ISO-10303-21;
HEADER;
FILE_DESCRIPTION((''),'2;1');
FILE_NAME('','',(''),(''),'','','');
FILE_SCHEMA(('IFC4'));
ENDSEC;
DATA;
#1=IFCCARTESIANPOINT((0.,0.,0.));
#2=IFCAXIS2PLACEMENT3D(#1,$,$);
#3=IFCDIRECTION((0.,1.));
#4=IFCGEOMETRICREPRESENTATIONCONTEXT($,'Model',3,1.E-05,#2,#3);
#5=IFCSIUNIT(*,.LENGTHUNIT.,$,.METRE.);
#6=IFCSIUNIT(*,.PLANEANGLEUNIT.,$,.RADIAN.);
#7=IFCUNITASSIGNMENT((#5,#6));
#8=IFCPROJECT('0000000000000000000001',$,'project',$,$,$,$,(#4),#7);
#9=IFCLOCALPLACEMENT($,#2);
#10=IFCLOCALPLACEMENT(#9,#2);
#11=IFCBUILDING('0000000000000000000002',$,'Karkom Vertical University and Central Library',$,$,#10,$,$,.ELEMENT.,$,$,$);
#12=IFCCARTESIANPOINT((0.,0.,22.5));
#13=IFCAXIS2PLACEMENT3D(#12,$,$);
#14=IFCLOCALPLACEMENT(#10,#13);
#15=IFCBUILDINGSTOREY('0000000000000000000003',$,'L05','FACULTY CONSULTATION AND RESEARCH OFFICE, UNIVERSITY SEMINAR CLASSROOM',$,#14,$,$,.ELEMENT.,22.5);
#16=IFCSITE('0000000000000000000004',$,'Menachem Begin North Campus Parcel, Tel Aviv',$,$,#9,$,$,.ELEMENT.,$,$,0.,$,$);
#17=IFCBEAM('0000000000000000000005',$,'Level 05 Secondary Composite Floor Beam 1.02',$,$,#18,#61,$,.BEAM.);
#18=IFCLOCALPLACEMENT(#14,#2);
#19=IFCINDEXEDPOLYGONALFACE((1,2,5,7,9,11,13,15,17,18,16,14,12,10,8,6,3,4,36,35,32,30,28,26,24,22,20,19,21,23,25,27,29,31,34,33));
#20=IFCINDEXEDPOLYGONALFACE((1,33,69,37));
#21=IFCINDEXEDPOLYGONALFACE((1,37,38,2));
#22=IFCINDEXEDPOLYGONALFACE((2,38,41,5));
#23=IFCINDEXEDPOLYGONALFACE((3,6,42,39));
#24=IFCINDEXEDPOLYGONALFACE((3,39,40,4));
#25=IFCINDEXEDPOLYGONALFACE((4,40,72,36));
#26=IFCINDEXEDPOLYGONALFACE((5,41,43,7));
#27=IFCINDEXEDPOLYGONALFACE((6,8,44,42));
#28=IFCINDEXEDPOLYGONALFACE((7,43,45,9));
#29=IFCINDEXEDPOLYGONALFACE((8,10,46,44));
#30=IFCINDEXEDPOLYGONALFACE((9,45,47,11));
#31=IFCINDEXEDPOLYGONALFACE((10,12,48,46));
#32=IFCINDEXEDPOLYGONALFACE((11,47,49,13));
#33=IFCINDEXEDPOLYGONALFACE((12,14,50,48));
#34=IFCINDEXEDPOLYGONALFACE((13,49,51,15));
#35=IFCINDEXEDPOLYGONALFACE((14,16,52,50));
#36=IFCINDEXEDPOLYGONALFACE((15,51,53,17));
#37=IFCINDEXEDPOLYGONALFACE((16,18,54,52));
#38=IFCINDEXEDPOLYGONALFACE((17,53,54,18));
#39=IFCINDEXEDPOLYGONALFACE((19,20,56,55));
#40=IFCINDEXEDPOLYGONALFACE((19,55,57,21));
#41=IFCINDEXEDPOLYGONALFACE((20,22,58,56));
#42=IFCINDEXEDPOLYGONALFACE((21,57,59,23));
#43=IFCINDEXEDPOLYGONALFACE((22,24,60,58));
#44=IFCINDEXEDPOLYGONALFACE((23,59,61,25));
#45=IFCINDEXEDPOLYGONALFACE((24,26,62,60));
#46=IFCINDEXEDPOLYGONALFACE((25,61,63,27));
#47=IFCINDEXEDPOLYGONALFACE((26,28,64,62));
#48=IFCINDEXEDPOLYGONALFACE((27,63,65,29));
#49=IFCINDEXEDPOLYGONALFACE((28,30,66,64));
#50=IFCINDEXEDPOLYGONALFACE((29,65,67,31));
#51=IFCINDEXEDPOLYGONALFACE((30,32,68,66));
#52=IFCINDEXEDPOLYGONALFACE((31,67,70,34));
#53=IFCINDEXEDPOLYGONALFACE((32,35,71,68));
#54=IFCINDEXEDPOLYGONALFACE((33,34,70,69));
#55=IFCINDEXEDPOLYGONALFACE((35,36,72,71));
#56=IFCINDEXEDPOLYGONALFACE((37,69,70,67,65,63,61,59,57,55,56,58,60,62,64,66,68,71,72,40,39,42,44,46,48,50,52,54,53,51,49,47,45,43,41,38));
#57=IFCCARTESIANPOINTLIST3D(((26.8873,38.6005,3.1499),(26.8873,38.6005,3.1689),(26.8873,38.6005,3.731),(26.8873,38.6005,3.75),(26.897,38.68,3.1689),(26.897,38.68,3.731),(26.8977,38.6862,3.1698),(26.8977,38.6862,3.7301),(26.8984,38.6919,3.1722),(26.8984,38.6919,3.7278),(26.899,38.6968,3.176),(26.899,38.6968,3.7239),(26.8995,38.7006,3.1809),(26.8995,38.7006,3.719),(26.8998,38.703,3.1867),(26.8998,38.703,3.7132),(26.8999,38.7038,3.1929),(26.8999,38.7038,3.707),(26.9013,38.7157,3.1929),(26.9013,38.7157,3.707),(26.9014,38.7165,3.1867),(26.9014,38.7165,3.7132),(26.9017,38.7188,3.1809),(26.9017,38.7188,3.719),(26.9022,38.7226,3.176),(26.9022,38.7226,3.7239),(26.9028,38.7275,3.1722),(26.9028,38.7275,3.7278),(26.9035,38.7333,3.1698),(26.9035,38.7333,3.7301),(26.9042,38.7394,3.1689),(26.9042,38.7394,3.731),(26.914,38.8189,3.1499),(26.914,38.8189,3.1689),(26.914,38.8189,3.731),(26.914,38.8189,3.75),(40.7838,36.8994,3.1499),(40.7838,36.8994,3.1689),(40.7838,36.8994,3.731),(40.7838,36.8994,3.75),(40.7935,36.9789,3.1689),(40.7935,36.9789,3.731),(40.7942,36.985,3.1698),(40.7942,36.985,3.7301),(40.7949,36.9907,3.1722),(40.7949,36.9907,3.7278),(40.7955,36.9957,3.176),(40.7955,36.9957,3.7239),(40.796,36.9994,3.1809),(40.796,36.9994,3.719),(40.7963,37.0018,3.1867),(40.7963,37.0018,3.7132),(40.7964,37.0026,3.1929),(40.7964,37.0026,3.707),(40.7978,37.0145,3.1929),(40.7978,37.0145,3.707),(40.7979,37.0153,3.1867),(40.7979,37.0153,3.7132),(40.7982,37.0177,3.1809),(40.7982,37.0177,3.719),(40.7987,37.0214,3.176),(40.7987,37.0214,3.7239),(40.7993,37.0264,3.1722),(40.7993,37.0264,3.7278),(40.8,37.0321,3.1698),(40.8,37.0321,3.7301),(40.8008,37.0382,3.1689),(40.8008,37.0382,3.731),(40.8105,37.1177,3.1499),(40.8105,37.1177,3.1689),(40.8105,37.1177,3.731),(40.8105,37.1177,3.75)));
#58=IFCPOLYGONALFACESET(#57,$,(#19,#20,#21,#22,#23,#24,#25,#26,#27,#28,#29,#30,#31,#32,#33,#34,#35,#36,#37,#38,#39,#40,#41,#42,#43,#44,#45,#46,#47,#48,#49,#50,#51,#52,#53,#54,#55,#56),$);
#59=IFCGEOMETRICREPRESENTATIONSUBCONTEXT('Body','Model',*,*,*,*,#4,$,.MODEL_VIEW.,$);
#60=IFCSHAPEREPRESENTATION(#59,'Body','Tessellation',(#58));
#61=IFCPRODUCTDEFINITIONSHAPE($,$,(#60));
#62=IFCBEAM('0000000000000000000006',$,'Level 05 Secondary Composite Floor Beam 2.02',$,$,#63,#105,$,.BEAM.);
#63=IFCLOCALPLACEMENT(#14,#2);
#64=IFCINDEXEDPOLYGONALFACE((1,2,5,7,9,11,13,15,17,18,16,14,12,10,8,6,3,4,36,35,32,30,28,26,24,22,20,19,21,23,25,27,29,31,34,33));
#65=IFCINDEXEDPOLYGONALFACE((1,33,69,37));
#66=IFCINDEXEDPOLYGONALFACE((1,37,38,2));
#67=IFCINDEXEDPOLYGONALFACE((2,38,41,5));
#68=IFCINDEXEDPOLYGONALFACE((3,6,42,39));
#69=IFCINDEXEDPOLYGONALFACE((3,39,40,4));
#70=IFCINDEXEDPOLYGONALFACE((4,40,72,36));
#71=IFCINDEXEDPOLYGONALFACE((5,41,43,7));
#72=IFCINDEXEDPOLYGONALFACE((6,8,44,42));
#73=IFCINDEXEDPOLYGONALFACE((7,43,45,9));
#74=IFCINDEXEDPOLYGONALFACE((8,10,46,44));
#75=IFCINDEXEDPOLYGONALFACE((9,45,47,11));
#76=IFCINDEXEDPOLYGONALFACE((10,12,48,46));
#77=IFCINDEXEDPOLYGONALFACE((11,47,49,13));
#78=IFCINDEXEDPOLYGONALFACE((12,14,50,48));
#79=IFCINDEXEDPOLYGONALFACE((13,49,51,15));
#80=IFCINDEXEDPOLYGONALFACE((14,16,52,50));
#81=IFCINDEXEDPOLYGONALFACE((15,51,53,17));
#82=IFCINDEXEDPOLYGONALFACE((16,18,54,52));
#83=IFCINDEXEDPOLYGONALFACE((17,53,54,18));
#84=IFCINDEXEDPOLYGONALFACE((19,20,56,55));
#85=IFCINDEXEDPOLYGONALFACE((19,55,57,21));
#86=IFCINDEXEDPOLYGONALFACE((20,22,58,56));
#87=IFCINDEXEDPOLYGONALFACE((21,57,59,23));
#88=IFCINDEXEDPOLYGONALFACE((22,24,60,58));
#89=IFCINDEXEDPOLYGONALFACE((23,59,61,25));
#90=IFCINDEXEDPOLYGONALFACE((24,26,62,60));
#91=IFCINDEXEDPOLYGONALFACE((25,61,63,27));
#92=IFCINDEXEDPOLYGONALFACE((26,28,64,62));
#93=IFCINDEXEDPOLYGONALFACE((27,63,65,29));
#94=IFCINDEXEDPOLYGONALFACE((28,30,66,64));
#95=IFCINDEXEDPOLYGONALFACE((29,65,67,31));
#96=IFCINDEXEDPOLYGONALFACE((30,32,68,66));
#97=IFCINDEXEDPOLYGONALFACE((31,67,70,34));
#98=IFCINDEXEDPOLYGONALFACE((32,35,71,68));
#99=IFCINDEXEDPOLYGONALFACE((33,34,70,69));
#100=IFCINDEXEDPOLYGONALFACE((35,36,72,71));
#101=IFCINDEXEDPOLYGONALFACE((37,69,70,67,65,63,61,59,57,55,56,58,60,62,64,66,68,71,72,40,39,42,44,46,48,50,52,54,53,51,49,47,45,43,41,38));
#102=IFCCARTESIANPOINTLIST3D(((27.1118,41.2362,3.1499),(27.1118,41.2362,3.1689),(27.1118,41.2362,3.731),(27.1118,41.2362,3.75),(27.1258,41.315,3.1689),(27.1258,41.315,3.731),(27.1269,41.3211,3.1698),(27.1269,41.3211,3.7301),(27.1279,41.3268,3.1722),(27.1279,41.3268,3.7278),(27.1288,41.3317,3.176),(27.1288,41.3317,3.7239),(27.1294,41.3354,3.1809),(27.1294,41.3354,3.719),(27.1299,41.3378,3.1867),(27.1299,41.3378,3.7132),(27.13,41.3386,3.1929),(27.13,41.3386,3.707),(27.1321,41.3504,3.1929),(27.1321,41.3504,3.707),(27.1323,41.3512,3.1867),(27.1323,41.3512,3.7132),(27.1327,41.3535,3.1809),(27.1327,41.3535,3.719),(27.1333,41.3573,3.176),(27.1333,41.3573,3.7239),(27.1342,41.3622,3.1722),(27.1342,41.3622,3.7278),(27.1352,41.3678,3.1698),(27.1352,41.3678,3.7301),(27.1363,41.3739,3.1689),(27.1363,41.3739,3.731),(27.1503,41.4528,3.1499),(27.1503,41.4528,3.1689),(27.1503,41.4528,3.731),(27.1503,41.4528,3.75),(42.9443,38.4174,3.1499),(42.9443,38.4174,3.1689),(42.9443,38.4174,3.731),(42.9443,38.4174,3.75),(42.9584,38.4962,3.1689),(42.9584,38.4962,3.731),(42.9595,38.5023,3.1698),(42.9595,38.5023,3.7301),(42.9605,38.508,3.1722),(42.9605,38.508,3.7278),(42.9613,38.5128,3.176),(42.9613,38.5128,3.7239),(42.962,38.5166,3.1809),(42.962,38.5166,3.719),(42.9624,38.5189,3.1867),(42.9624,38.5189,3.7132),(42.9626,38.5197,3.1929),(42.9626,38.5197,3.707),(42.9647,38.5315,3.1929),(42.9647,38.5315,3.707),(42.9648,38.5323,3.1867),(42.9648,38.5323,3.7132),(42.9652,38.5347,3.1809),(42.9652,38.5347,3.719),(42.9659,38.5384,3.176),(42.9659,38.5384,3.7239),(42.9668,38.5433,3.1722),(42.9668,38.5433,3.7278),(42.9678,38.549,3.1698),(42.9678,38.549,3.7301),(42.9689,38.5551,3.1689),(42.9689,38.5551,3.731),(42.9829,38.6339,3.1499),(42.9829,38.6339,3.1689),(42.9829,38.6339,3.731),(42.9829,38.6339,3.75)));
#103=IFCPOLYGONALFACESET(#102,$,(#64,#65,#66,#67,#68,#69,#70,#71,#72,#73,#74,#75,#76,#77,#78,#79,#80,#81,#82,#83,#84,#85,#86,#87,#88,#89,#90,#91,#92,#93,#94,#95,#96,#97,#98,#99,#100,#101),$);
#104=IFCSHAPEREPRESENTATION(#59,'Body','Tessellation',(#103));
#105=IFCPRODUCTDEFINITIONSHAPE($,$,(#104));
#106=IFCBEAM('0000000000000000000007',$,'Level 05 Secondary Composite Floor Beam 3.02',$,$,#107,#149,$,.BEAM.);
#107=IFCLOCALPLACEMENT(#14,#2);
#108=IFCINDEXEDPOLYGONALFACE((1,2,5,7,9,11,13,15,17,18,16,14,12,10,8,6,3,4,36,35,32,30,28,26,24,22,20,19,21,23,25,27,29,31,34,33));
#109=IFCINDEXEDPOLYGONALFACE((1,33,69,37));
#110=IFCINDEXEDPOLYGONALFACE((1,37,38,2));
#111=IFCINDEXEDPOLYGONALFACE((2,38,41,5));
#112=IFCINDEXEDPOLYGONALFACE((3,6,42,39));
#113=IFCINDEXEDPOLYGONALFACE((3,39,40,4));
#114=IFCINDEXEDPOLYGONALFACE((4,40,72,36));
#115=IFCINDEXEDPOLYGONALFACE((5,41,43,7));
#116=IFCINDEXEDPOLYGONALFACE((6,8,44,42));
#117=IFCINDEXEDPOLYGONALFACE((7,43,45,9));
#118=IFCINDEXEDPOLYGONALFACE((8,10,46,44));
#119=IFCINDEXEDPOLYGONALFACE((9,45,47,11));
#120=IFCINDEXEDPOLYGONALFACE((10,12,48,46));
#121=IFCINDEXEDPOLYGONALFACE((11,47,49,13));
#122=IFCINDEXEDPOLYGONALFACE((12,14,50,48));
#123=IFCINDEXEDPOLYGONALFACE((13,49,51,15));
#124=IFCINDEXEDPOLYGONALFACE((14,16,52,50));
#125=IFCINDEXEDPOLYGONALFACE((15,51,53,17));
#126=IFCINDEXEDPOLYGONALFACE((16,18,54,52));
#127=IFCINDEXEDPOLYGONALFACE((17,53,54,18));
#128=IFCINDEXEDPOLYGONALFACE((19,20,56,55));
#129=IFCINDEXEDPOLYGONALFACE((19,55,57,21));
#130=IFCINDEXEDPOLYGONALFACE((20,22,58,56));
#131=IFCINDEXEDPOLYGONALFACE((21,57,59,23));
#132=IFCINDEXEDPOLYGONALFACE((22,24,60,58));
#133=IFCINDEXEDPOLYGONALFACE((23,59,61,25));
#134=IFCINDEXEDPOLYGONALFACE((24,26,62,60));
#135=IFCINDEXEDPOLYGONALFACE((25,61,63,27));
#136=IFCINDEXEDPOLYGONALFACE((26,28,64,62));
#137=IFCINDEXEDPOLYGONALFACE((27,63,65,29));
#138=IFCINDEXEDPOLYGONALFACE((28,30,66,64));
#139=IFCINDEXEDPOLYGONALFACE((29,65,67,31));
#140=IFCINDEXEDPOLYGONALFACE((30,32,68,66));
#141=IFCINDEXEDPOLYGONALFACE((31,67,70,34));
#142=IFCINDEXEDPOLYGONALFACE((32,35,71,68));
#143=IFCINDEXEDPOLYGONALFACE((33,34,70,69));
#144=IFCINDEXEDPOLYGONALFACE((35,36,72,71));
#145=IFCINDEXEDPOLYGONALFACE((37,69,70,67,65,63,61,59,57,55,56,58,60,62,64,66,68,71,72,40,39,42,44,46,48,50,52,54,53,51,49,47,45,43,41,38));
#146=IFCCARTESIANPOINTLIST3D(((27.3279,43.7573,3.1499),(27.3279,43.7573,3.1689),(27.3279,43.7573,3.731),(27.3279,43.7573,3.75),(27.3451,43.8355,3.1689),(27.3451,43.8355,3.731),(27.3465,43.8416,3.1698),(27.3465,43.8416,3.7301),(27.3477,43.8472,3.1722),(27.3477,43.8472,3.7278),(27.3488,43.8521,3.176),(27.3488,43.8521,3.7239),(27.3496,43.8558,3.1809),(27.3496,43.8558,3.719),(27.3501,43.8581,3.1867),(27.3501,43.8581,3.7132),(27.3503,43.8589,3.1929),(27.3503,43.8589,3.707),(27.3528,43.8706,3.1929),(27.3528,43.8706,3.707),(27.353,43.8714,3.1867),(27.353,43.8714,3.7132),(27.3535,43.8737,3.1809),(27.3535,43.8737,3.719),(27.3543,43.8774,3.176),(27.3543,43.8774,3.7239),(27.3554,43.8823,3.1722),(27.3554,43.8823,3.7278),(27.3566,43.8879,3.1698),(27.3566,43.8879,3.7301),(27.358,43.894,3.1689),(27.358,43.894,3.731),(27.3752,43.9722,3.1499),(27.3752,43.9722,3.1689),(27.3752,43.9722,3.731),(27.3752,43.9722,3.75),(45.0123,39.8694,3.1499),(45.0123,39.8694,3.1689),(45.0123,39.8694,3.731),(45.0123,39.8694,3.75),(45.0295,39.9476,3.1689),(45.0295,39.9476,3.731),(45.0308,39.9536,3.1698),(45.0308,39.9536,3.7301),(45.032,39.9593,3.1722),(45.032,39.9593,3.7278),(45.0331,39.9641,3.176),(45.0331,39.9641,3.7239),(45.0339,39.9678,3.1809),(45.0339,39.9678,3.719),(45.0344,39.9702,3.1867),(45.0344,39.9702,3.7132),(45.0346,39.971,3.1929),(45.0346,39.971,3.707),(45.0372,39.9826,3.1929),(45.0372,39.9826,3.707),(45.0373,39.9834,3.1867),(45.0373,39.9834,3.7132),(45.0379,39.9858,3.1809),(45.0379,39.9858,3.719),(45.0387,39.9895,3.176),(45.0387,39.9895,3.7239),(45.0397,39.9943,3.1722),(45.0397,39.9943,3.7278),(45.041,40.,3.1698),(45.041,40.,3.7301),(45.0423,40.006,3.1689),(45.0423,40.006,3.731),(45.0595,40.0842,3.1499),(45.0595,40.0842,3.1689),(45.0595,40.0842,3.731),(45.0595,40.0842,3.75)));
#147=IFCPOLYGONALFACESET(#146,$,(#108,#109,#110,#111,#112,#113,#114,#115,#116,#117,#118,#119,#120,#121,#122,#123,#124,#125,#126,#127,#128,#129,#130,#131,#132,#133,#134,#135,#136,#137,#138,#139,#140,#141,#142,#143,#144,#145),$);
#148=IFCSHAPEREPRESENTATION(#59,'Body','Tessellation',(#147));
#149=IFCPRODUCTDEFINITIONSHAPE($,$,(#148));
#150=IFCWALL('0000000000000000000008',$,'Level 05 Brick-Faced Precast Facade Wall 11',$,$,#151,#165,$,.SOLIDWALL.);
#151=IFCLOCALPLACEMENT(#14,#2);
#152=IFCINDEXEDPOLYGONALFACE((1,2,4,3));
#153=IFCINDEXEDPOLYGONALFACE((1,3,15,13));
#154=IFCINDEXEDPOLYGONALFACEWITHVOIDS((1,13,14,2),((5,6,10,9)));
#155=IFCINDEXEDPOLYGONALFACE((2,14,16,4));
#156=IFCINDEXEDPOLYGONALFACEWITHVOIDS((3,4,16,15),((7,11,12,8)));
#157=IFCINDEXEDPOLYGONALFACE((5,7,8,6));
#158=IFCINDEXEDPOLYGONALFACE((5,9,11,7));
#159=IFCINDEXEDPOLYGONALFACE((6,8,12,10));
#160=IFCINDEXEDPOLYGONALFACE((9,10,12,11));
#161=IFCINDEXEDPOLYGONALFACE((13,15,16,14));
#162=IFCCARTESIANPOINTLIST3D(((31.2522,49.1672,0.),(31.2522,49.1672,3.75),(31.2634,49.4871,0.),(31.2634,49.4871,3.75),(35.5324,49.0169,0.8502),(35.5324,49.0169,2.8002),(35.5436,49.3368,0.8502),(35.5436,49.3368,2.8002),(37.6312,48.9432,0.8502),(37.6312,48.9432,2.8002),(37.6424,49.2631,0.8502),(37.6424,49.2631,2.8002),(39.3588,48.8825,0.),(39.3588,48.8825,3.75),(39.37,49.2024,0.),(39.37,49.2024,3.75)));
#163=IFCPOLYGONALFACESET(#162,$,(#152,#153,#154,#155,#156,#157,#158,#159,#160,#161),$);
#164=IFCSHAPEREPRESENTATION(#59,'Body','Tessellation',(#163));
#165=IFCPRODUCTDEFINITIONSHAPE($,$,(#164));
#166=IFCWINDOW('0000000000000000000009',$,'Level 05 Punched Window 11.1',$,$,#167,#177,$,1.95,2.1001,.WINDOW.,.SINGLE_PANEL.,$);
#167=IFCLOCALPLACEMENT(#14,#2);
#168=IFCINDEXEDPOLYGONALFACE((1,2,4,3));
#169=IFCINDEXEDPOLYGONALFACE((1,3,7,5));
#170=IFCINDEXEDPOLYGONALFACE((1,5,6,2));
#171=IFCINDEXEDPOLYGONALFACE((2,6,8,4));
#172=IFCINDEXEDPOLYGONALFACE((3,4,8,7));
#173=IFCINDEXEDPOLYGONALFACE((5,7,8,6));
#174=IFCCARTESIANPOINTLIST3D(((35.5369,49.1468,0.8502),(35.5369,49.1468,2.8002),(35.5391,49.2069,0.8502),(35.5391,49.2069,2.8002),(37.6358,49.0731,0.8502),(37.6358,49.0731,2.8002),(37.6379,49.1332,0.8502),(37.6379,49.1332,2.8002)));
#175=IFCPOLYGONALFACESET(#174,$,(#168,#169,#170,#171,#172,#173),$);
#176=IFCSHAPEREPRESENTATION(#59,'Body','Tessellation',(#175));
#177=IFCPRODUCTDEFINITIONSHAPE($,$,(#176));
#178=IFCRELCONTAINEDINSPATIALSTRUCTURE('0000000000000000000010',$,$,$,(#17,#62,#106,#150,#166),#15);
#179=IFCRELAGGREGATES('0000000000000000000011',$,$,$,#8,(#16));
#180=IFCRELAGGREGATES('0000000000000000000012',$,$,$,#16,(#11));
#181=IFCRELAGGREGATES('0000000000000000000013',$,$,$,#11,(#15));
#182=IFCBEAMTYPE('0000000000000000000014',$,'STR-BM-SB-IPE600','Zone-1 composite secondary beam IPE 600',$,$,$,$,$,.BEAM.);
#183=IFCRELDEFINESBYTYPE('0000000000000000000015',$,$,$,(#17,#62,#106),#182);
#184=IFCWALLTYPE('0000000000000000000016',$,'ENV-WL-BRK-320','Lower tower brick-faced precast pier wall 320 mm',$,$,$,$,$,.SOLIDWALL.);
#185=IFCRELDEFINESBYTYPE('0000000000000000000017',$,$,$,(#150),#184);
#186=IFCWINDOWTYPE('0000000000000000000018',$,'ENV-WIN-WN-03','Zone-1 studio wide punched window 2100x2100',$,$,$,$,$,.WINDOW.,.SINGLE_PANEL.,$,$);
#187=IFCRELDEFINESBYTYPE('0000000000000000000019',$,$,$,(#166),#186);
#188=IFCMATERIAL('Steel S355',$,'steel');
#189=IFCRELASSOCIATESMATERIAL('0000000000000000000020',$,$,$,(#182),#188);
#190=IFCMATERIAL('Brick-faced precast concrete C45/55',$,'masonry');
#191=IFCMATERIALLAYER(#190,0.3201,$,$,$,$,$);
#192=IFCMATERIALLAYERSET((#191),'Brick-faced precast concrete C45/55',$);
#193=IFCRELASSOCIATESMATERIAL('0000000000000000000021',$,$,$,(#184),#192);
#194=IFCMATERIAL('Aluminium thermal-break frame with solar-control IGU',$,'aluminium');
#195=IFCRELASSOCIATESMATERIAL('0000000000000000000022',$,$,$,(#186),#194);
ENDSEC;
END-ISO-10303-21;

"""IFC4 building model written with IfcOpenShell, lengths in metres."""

from ifc_helpers import new_model, si_unit, direction, frame, frame_2d, origin, origin_with_axes, origin_2d, place, context, subcontext, project, spatial, rectangle, i_section, extrude, source, transform, mapped, material, layer, layer_set, material_profile, profile_set, type_object, element, fill, save


model = new_model("IFC4")

# Units and contexts
model_context = context("Model", 3, precision=1e-05, world=origin(), true_north=direction((0.0, 1.0)))
body_context = subcontext(model_context, "Body", "Model", "MODEL_VIEW")
ifc_project = project(units=[si_unit("LENGTHUNIT", "METRE"), si_unit("PLANEANGLEUNIT", "RADIAN")], contexts=[model_context])

# Site, building, storey
site_placement = place(None, origin())
site = spatial("IfcSite", under=ifc_project, at=site_placement, Name="Menachem Begin North Campus Parcel, Tel Aviv", CompositionType="ELEMENT", RefElevation=0.0)
building_placement = place(site_placement, origin())
building = spatial("IfcBuilding", under=site, at=building_placement, Name="Karkom Vertical University and Central Library", CompositionType="ELEMENT")
storey_placement = place(building_placement, frame((0.0, 0.0, 22.5)))
storey = spatial("IfcBuildingStorey", under=building, at=storey_placement, Name="L05", Description="FACULTY CONSULTATION AND RESEARCH OFFICE, UNIVERSITY SEMINAR CLASSROOM", CompositionType="ELEMENT", Elevation=22.5)

# Beams
ifc_material_1 = material(Name="Steel S355", Category="steel")
ifc_material_profile_1 = material_profile(ifc_material_1, i_section(OverallWidth=0.22, OverallDepth=0.6001, WebThickness=0.012, FlangeThickness=0.019, FilletRadius=0.0239, at=origin_2d()), Name="IPE 600")
ifc_profile_set_1 = profile_set([ifc_material_profile_1], Name="Steel S355")
beam_type_1 = type_object("IfcBeamType", Name="STR-BM-SB-IPE600", Description="Zone-1 composite secondary beam IPE 600", PredefinedType="BEAM", material=ifc_profile_set_1)
shared_shape_1 = source(origin_with_axes(), body_context, "Body", "SweptSolid", [
    extrude(i_section(OverallWidth=0.22, OverallDepth=0.6001, WebThickness=0.012, FlangeThickness=0.019, FilletRadius=0.0239, at=origin_2d()), origin(), (0.0, 0.0, 1.0), 14.0002),
])
beam_1_placement = place(storey_placement, frame((40.7971, 37.0085, 3.45), z_axis=(-0.99259, 0.12151, 0.0), x_axis=(-0.12151, -0.99259, 0.0)))
element("IfcBeam", 1, at=beam_1_placement, inside=storey, type_object=beam_type_1, Name="Level 05 Secondary Composite Floor Beam 1.02", PredefinedType="BEAM", context=body_context, shape_type="MappedRepresentation", body=[
    mapped(shared_shape_1, transform((0.0, 0.0, 0.0), scale=1.0)),
])
shared_shape_2 = source(origin_with_axes(), body_context, "Body", "SweptSolid", [
    extrude(i_section(OverallWidth=0.22, OverallDepth=0.6001, WebThickness=0.012, FlangeThickness=0.019, FilletRadius=0.0239, at=origin_2d()), origin(), (0.0, 0.0, 1.0), 16.0815),
])
beam_2_placement = place(storey_placement, frame((42.9636, 38.5256, 3.45), z_axis=(-0.984518, 0.175285, 0.0), x_axis=(-0.175285, -0.984518, 0.0)))
element("IfcBeam", 2, at=beam_2_placement, inside=storey, type_object=beam_type_1, Name="Level 05 Secondary Composite Floor Beam 2.02", PredefinedType="BEAM", context=body_context, shape_type="MappedRepresentation", body=[
    mapped(shared_shape_2, transform((0.0, 0.0, 0.0), scale=1.0)),
])
shared_shape_3 = source(origin_with_axes(), body_context, "Body", "SweptSolid", [
    extrude(i_section(OverallWidth=0.22, OverallDepth=0.6001, WebThickness=0.012, FlangeThickness=0.019, FilletRadius=0.0239, at=origin_2d()), origin(), (0.0, 0.0, 1.0), 18.1067),
])
beam_3_placement = place(storey_placement, frame((45.0359, 39.9768, 3.45), z_axis=(-0.976675, 0.214724, 0.0), x_axis=(-0.214724, -0.976675, 0.0)))
element("IfcBeam", 3, at=beam_3_placement, inside=storey, type_object=beam_type_1, Name="Level 05 Secondary Composite Floor Beam 3.02", PredefinedType="BEAM", context=body_context, shape_type="MappedRepresentation", body=[
    mapped(shared_shape_3, transform((0.0, 0.0, 0.0), scale=1.0)),
])

# Wall, opening, window
ifc_material_2 = material(Name="Brick-faced precast concrete C45/55", Category="masonry")
ifc_layer_1 = layer(ifc_material_2, 0.3201)
ifc_layer_set_1 = layer_set([ifc_layer_1], Name="Brick-faced precast concrete C45/55")
wall_type_1 = type_object("IfcWallType", Name="ENV-WL-BRK-320", Description="Lower tower brick-faced precast pier wall 320 mm", PredefinedType="SOLIDWALL", material=ifc_layer_set_1)
wall_1_placement = place(storey_placement, frame((39.3643, 49.0425, 0.0), z_axis=(0.0, 0.0, 1.0), x_axis=(-0.999384, 0.035094, 0.0)))
wall_1 = element("IfcWall", 4, at=wall_1_placement, inside=storey, type_object=wall_type_1, Name="Level 05 Brick-Faced Precast Facade Wall 11", PredefinedType="SOLIDWALL", context=body_context, shape_type="SweptSolid", body=[
    extrude(rectangle(XDim=8.1116, YDim=0.3201, at=frame_2d((4.0557, 0.0))), origin(), (0.0, 0.0, 1.0), 3.75),
])
opening_1_placement = place(wall_1_placement, frame((1.7285, 0.0, 0.8501)))
opening_1 = element("IfcOpeningElement", 5, at=opening_1_placement, cuts=wall_1, PredefinedType="OPENING", context=body_context, shape_type="SweptSolid", body=[
    extrude(rectangle(XDim=2.1001, YDim=1.95, at=frame_2d((1.05, 0.9751))), frame((0.0, 0.1699, 0.0), z_axis=(0.0, -1.0, 0.0), x_axis=(1.0, 0.0, 0.0)), (0.0, 0.0, 1.0), 0.3401),
])
ifc_material_3 = material(Name="Aluminium thermal-break frame with solar-control IGU", Category="aluminium")
window_type = type_object("IfcWindowType", Name="ENV-WIN-WN-03", Description="Zone-1 studio wide punched window 2100x2100", PartitioningType="SINGLE_PANEL", PredefinedType="WINDOW", material=ifc_material_3)
shared_shape_4 = source(origin_with_axes(), body_context, "Body", "SweptSolid", [
    extrude(rectangle(XDim=2.1001, YDim=1.95, at=frame_2d((1.05, 0.9751))), frame((0.0, 0.03, 0.0), z_axis=(0.0, -1.0, 0.0), x_axis=(1.0, 0.0, 0.0)), (0.0, 0.0, 1.0), 0.0601),
])
window_placement = place(opening_1_placement, origin())
window = element("IfcWindow", 6, at=window_placement, inside=storey, type_object=window_type, Name="Level 05 Punched Window 11.1", OverallHeight=1.95, OverallWidth=2.1001, PartitioningType="SINGLE_PANEL", PredefinedType="WINDOW", context=body_context, shape_type="MappedRepresentation", body=[
    mapped(shared_shape_4, transform((0.0, 0.0, 0.0), scale=1.0)),
])
fill(opening_1, window)

save(model, "model.ifc")
